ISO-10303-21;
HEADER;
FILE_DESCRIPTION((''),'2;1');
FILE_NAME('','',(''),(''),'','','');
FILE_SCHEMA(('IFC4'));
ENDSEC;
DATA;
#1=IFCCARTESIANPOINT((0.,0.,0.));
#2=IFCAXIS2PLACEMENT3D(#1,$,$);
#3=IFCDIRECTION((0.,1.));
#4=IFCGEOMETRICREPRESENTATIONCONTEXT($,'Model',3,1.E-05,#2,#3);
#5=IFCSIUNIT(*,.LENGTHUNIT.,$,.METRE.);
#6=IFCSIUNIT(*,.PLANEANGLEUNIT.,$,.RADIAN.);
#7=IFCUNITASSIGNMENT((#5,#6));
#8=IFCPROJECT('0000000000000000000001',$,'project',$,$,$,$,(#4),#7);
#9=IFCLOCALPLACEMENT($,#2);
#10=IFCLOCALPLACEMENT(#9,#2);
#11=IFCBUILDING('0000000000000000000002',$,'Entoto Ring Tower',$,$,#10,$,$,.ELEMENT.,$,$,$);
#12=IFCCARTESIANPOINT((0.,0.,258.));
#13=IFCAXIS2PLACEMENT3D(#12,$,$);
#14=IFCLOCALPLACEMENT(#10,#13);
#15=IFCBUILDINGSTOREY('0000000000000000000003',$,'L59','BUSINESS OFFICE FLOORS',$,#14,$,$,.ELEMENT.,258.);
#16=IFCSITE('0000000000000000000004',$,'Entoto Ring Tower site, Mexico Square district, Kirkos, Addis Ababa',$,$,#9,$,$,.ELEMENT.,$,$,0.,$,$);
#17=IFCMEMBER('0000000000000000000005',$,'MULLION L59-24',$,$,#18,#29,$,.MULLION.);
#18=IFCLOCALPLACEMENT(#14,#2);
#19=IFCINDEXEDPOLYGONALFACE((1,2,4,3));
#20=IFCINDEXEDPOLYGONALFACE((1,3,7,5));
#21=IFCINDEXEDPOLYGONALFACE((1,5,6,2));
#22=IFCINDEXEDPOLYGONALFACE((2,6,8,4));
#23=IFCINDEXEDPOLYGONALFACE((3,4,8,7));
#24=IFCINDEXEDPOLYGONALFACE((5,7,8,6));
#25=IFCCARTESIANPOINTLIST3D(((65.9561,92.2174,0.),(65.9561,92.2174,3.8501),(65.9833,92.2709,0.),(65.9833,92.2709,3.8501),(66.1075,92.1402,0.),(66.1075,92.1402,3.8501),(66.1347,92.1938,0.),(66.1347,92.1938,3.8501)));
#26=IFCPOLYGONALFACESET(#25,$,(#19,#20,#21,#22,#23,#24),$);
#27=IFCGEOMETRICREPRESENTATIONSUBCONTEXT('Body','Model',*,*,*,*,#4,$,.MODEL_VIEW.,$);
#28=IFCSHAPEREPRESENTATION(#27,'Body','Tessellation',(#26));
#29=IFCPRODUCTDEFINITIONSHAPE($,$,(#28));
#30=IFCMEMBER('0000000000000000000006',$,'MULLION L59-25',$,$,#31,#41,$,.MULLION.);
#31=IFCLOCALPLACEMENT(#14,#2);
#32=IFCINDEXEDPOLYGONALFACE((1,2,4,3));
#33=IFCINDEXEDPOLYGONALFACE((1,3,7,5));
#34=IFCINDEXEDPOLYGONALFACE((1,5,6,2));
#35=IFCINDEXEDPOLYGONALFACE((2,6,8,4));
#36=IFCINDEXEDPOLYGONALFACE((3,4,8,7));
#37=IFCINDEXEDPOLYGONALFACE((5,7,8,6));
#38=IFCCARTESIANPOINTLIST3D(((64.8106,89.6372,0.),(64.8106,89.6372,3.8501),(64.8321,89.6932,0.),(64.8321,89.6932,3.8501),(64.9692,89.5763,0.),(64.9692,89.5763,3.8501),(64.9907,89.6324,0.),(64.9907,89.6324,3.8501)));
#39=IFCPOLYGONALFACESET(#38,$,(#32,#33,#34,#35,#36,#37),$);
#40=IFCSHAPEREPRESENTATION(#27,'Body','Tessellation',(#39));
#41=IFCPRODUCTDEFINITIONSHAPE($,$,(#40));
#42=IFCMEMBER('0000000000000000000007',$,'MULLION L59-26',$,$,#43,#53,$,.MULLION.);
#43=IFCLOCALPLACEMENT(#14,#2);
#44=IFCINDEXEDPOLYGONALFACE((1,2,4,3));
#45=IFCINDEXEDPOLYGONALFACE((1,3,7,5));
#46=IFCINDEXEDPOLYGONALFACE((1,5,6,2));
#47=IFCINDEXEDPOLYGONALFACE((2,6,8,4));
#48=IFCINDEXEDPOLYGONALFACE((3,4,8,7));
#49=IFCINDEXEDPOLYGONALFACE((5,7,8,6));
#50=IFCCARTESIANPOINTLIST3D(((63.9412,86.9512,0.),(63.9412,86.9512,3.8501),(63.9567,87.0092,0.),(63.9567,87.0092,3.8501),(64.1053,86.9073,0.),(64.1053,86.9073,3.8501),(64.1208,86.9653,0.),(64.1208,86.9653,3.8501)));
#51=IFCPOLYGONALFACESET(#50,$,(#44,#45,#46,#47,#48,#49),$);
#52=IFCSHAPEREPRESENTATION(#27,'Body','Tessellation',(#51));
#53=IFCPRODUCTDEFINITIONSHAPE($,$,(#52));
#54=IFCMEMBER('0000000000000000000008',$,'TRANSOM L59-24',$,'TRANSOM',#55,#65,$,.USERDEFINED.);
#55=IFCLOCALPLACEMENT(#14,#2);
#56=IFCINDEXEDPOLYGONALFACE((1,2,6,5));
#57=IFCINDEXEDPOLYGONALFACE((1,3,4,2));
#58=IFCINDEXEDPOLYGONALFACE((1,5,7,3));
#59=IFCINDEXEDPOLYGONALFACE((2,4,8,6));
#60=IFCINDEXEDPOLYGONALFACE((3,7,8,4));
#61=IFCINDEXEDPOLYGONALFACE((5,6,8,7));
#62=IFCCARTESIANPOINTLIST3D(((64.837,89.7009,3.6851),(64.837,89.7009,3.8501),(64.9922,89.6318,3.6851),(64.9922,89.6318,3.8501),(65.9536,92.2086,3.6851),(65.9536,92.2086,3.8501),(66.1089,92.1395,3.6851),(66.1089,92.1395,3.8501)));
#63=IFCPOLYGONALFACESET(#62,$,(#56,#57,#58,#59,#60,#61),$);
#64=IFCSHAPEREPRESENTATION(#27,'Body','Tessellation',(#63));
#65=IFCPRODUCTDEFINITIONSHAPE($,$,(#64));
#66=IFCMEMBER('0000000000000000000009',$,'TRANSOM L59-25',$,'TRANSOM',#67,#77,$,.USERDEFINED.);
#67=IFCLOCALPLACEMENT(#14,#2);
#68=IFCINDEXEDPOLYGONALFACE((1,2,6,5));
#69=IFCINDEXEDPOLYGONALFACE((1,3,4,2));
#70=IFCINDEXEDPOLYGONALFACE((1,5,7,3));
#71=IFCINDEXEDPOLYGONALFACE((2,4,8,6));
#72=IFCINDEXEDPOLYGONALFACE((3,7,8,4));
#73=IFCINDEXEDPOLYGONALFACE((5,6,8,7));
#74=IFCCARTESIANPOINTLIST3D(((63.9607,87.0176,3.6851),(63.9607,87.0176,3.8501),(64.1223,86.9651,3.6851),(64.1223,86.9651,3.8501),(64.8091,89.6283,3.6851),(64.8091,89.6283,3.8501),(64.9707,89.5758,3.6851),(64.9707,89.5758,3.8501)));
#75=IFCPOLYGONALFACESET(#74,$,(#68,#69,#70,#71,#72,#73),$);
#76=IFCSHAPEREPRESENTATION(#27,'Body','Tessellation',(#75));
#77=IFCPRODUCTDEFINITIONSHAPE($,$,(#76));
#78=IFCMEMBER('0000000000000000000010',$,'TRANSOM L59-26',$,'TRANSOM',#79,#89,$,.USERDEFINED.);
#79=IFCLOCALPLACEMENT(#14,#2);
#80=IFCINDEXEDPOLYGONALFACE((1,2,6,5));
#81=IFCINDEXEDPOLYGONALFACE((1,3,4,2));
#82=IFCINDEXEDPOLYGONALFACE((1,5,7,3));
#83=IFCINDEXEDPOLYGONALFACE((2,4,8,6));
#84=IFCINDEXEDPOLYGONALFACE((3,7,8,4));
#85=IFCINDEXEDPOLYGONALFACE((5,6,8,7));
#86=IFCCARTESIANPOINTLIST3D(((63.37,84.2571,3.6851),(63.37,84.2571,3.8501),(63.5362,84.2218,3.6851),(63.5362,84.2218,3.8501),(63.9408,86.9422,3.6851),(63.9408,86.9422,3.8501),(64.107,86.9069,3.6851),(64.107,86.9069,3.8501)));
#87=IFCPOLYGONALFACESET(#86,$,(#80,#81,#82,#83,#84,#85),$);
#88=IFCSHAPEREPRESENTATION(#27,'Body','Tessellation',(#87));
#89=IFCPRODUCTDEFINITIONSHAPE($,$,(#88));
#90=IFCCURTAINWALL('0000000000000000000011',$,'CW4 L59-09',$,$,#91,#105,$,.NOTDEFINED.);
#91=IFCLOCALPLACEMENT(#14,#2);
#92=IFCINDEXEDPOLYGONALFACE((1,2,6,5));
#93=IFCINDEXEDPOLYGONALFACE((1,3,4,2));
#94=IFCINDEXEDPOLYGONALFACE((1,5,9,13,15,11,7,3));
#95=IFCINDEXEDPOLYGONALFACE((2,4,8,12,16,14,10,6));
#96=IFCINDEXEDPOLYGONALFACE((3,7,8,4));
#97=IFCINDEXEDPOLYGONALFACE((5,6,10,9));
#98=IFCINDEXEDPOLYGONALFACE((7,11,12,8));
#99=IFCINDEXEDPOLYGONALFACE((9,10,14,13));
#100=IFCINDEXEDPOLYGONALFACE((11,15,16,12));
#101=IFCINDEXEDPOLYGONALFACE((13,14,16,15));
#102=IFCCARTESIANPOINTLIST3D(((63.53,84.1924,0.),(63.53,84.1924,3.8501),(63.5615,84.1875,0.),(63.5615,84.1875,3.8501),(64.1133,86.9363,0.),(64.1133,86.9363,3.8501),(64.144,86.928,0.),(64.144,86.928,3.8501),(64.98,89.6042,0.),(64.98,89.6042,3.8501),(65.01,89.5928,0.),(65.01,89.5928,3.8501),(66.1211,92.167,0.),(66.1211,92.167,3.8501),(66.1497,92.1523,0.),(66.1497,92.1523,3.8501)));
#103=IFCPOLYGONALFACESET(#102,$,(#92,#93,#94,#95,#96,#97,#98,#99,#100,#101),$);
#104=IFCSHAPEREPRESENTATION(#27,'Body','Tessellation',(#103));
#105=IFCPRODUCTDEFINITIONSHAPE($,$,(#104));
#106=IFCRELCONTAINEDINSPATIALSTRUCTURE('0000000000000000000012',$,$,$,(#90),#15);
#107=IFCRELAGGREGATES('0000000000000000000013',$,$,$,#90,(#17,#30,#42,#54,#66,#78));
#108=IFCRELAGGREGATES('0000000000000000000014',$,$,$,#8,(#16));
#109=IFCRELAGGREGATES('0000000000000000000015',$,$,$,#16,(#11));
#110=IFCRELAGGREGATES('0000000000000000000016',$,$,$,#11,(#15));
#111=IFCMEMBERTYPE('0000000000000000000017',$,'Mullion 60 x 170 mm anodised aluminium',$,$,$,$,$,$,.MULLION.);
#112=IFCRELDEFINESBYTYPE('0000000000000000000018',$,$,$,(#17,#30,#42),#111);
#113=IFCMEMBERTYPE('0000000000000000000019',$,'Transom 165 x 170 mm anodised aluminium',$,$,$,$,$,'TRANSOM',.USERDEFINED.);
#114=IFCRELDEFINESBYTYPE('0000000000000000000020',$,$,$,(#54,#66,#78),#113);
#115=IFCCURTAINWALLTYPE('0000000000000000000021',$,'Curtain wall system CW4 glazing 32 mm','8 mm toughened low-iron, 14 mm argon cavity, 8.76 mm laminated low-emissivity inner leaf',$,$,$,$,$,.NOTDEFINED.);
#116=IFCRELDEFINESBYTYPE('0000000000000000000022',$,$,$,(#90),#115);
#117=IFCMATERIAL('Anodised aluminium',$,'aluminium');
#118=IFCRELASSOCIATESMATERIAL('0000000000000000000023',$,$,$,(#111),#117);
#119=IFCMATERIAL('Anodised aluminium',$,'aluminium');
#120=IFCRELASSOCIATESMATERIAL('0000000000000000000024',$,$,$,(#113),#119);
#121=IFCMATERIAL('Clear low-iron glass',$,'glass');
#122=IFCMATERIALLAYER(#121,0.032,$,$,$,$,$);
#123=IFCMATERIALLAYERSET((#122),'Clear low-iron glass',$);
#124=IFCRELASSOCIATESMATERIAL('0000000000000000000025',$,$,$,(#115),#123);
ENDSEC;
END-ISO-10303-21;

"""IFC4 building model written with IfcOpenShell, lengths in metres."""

from ifc_helpers import new_model, si_unit, direction, frame, origin, origin_2d, place, context, subcontext, project, spatial, polyline, rectangle, outline, extrude, material, layer, layer_set, material_profile, profile_set, type_object, element, aggregate, save


model = new_model("IFC4")

# Units and contexts
model_context = context("Model", 3, precision=1e-05, world=origin(), true_north=direction((0.0, 1.0)))
body_context = subcontext(model_context, "Body", "Model", "MODEL_VIEW")
ifc_project = project(units=[si_unit("LENGTHUNIT", "METRE"), si_unit("PLANEANGLEUNIT", "RADIAN")], contexts=[model_context])

# Members
ifc_material_1 = material(Name="Anodised aluminium", Category="aluminium")
ifc_material_profile_1 = material_profile(ifc_material_1, rectangle(XDim=0.0601, YDim=0.1699, at=origin_2d()), Name="Mullion 60 x 170 mm anodised aluminium")
ifc_profile_set_1 = profile_set([ifc_material_profile_1], Name="Anodised aluminium")
member_type_1 = type_object("IfcMemberType", Name="Mullion 60 x 170 mm anodised aluminium", PredefinedType="MULLION", material=ifc_profile_set_1)
site_placement = place(None, origin())
building_placement = place(site_placement, origin())
storey_placement = place(building_placement, frame((0.0, 0.0, 258.0)))
member_1_placement = place(storey_placement, frame((66.0454, 92.2056, 0.0), z_axis=(0.0, 0.0, 1.0), x_axis=(-0.45399, -0.891007, 0.0)))
member_1 = element("IfcMember", 1, at=member_1_placement, type_object=member_type_1, Name="MULLION L59-24", PredefinedType="MULLION", context=body_context, shape_type="SweptSolid", body=[
    extrude(rectangle(XDim=0.0601, YDim=0.1699, at=origin_2d()), origin(), (0.0, 0.0, 1.0), 3.8501),
])
member_2_placement = place(storey_placement, frame((64.9006, 89.6348, 0.0), z_axis=(0.0, 0.0, 1.0), x_axis=(-0.358368, -0.93358, 0.0)))
member_2 = element("IfcMember", 2, at=member_2_placement, type_object=member_type_1, Name="MULLION L59-25", PredefinedType="MULLION", context=body_context, shape_type="SweptSolid", body=[
    extrude(rectangle(XDim=0.0601, YDim=0.1699, at=origin_2d()), origin(), (0.0, 0.0, 1.0), 3.8501),
])
member_3_placement = place(storey_placement, frame((64.031, 86.9583, 0.0), z_axis=(0.0, 0.0, 1.0), x_axis=(-0.258819, -0.965926, 0.0)))
member_3 = element("IfcMember", 3, at=member_3_placement, type_object=member_type_1, Name="MULLION L59-26", PredefinedType="MULLION", context=body_context, shape_type="SweptSolid", body=[
    extrude(rectangle(XDim=0.0601, YDim=0.1699, at=origin_2d()), origin(), (0.0, 0.0, 1.0), 3.8501),
])
ifc_material_2 = material(Name="Anodised aluminium", Category="aluminium")
ifc_material_profile_2 = material_profile(ifc_material_2, rectangle(XDim=0.1699, YDim=0.165, at=origin_2d()), Name="Transom 165 x 170 mm anodised aluminium")
ifc_profile_set_2 = profile_set([ifc_material_profile_2], Name="Anodised aluminium")
member_type_2 = type_object("IfcMemberType", Name="Transom 165 x 170 mm anodised aluminium", ElementType="TRANSOM", PredefinedType="USERDEFINED", material=ifc_profile_set_2)
member_4_placement = place(storey_placement, frame((66.0312, 92.1741, 3.7676), z_axis=(-0.406782, -0.913525, 0.0), x_axis=(0.913525, -0.406782, 0.0)))
member_4 = element("IfcMember", 4, at=member_4_placement, type_object=member_type_2, Name="TRANSOM L59-24", ObjectType="TRANSOM", PredefinedType="USERDEFINED", context=body_context, shape_type="SweptSolid", body=[
    extrude(rectangle(XDim=0.1699, YDim=0.165, at=origin_2d()), origin(), (0.0, 0.0, 1.0), 2.7451),
])
member_5_placement = place(storey_placement, frame((64.8899, 89.6021, 3.7676), z_axis=(-0.309042, -0.951048, 0.0), x_axis=(0.951048, -0.309042, 0.0)))
member_5 = element("IfcMember", 5, at=member_5_placement, type_object=member_type_2, Name="TRANSOM L59-25", ObjectType="TRANSOM", PredefinedType="USERDEFINED", context=body_context, shape_type="SweptSolid", body=[
    extrude(rectangle(XDim=0.1699, YDim=0.165, at=origin_2d()), origin(), (0.0, 0.0, 1.0), 2.7451),
])
member_6_placement = place(storey_placement, frame((64.0239, 86.9246, 3.7676), z_axis=(-0.207937, -0.978142, 0.0), x_axis=(0.978142, -0.207937, 0.0)))
member_6 = element("IfcMember", 6, at=member_6_placement, type_object=member_type_2, Name="TRANSOM L59-26", ObjectType="TRANSOM", PredefinedType="USERDEFINED", context=body_context, shape_type="SweptSolid", body=[
    extrude(rectangle(XDim=0.1699, YDim=0.165, at=origin_2d()), origin(), (0.0, 0.0, 1.0), 2.7451),
])

# Site, building, storey
site = spatial("IfcSite", under=ifc_project, at=site_placement, Name="Entoto Ring Tower site, Mexico Square district, Kirkos, Addis Ababa", CompositionType="ELEMENT", RefElevation=0.0)
building = spatial("IfcBuilding", under=site, at=building_placement, Name="Entoto Ring Tower", CompositionType="ELEMENT")
storey = spatial("IfcBuildingStorey", under=building, at=storey_placement, Name="L59", Description="BUSINESS OFFICE FLOORS", CompositionType="ELEMENT", Elevation=258.0)

# Curtain wall
ifc_material_3 = material(Name="Clear low-iron glass", Category="glass")
ifc_layer = layer(ifc_material_3, 0.032)
ifc_layer_set = layer_set([ifc_layer], Name="Clear low-iron glass")
curtain_wall_type = type_object("IfcCurtainWallType", Name="Curtain wall system CW4 glazing 32 mm", Description="8 mm toughened low-iron, 14 mm argon cavity, 8.76 mm laminated low-emissivity inner leaf", PredefinedType="NOTDEFINED", material=ifc_layer_set)
curtain_wall_1_placement = place(storey_placement, origin())
curtain_wall_1 = element("IfcCurtainWall", 7, at=curtain_wall_1_placement, inside=storey, type_object=curtain_wall_type, Name="CW4 L59-09", PredefinedType="NOTDEFINED", context=body_context, shape_type="SweptSolid", body=[
    extrude(outline(polyline([(66.1211, 92.167), (64.98, 89.6042), (64.1133, 86.9363), (63.53, 84.1924), (63.5615, 84.1875), (64.144, 86.928), (65.01, 89.5928), (66.1497, 92.1523), (66.1211, 92.167)])), origin(), (0.0, 0.0, 1.0), 3.8501),
])
aggregate(curtain_wall_1, [member_1, member_2, member_3, member_4, member_5, member_6])

save(model, "model.ifc")
